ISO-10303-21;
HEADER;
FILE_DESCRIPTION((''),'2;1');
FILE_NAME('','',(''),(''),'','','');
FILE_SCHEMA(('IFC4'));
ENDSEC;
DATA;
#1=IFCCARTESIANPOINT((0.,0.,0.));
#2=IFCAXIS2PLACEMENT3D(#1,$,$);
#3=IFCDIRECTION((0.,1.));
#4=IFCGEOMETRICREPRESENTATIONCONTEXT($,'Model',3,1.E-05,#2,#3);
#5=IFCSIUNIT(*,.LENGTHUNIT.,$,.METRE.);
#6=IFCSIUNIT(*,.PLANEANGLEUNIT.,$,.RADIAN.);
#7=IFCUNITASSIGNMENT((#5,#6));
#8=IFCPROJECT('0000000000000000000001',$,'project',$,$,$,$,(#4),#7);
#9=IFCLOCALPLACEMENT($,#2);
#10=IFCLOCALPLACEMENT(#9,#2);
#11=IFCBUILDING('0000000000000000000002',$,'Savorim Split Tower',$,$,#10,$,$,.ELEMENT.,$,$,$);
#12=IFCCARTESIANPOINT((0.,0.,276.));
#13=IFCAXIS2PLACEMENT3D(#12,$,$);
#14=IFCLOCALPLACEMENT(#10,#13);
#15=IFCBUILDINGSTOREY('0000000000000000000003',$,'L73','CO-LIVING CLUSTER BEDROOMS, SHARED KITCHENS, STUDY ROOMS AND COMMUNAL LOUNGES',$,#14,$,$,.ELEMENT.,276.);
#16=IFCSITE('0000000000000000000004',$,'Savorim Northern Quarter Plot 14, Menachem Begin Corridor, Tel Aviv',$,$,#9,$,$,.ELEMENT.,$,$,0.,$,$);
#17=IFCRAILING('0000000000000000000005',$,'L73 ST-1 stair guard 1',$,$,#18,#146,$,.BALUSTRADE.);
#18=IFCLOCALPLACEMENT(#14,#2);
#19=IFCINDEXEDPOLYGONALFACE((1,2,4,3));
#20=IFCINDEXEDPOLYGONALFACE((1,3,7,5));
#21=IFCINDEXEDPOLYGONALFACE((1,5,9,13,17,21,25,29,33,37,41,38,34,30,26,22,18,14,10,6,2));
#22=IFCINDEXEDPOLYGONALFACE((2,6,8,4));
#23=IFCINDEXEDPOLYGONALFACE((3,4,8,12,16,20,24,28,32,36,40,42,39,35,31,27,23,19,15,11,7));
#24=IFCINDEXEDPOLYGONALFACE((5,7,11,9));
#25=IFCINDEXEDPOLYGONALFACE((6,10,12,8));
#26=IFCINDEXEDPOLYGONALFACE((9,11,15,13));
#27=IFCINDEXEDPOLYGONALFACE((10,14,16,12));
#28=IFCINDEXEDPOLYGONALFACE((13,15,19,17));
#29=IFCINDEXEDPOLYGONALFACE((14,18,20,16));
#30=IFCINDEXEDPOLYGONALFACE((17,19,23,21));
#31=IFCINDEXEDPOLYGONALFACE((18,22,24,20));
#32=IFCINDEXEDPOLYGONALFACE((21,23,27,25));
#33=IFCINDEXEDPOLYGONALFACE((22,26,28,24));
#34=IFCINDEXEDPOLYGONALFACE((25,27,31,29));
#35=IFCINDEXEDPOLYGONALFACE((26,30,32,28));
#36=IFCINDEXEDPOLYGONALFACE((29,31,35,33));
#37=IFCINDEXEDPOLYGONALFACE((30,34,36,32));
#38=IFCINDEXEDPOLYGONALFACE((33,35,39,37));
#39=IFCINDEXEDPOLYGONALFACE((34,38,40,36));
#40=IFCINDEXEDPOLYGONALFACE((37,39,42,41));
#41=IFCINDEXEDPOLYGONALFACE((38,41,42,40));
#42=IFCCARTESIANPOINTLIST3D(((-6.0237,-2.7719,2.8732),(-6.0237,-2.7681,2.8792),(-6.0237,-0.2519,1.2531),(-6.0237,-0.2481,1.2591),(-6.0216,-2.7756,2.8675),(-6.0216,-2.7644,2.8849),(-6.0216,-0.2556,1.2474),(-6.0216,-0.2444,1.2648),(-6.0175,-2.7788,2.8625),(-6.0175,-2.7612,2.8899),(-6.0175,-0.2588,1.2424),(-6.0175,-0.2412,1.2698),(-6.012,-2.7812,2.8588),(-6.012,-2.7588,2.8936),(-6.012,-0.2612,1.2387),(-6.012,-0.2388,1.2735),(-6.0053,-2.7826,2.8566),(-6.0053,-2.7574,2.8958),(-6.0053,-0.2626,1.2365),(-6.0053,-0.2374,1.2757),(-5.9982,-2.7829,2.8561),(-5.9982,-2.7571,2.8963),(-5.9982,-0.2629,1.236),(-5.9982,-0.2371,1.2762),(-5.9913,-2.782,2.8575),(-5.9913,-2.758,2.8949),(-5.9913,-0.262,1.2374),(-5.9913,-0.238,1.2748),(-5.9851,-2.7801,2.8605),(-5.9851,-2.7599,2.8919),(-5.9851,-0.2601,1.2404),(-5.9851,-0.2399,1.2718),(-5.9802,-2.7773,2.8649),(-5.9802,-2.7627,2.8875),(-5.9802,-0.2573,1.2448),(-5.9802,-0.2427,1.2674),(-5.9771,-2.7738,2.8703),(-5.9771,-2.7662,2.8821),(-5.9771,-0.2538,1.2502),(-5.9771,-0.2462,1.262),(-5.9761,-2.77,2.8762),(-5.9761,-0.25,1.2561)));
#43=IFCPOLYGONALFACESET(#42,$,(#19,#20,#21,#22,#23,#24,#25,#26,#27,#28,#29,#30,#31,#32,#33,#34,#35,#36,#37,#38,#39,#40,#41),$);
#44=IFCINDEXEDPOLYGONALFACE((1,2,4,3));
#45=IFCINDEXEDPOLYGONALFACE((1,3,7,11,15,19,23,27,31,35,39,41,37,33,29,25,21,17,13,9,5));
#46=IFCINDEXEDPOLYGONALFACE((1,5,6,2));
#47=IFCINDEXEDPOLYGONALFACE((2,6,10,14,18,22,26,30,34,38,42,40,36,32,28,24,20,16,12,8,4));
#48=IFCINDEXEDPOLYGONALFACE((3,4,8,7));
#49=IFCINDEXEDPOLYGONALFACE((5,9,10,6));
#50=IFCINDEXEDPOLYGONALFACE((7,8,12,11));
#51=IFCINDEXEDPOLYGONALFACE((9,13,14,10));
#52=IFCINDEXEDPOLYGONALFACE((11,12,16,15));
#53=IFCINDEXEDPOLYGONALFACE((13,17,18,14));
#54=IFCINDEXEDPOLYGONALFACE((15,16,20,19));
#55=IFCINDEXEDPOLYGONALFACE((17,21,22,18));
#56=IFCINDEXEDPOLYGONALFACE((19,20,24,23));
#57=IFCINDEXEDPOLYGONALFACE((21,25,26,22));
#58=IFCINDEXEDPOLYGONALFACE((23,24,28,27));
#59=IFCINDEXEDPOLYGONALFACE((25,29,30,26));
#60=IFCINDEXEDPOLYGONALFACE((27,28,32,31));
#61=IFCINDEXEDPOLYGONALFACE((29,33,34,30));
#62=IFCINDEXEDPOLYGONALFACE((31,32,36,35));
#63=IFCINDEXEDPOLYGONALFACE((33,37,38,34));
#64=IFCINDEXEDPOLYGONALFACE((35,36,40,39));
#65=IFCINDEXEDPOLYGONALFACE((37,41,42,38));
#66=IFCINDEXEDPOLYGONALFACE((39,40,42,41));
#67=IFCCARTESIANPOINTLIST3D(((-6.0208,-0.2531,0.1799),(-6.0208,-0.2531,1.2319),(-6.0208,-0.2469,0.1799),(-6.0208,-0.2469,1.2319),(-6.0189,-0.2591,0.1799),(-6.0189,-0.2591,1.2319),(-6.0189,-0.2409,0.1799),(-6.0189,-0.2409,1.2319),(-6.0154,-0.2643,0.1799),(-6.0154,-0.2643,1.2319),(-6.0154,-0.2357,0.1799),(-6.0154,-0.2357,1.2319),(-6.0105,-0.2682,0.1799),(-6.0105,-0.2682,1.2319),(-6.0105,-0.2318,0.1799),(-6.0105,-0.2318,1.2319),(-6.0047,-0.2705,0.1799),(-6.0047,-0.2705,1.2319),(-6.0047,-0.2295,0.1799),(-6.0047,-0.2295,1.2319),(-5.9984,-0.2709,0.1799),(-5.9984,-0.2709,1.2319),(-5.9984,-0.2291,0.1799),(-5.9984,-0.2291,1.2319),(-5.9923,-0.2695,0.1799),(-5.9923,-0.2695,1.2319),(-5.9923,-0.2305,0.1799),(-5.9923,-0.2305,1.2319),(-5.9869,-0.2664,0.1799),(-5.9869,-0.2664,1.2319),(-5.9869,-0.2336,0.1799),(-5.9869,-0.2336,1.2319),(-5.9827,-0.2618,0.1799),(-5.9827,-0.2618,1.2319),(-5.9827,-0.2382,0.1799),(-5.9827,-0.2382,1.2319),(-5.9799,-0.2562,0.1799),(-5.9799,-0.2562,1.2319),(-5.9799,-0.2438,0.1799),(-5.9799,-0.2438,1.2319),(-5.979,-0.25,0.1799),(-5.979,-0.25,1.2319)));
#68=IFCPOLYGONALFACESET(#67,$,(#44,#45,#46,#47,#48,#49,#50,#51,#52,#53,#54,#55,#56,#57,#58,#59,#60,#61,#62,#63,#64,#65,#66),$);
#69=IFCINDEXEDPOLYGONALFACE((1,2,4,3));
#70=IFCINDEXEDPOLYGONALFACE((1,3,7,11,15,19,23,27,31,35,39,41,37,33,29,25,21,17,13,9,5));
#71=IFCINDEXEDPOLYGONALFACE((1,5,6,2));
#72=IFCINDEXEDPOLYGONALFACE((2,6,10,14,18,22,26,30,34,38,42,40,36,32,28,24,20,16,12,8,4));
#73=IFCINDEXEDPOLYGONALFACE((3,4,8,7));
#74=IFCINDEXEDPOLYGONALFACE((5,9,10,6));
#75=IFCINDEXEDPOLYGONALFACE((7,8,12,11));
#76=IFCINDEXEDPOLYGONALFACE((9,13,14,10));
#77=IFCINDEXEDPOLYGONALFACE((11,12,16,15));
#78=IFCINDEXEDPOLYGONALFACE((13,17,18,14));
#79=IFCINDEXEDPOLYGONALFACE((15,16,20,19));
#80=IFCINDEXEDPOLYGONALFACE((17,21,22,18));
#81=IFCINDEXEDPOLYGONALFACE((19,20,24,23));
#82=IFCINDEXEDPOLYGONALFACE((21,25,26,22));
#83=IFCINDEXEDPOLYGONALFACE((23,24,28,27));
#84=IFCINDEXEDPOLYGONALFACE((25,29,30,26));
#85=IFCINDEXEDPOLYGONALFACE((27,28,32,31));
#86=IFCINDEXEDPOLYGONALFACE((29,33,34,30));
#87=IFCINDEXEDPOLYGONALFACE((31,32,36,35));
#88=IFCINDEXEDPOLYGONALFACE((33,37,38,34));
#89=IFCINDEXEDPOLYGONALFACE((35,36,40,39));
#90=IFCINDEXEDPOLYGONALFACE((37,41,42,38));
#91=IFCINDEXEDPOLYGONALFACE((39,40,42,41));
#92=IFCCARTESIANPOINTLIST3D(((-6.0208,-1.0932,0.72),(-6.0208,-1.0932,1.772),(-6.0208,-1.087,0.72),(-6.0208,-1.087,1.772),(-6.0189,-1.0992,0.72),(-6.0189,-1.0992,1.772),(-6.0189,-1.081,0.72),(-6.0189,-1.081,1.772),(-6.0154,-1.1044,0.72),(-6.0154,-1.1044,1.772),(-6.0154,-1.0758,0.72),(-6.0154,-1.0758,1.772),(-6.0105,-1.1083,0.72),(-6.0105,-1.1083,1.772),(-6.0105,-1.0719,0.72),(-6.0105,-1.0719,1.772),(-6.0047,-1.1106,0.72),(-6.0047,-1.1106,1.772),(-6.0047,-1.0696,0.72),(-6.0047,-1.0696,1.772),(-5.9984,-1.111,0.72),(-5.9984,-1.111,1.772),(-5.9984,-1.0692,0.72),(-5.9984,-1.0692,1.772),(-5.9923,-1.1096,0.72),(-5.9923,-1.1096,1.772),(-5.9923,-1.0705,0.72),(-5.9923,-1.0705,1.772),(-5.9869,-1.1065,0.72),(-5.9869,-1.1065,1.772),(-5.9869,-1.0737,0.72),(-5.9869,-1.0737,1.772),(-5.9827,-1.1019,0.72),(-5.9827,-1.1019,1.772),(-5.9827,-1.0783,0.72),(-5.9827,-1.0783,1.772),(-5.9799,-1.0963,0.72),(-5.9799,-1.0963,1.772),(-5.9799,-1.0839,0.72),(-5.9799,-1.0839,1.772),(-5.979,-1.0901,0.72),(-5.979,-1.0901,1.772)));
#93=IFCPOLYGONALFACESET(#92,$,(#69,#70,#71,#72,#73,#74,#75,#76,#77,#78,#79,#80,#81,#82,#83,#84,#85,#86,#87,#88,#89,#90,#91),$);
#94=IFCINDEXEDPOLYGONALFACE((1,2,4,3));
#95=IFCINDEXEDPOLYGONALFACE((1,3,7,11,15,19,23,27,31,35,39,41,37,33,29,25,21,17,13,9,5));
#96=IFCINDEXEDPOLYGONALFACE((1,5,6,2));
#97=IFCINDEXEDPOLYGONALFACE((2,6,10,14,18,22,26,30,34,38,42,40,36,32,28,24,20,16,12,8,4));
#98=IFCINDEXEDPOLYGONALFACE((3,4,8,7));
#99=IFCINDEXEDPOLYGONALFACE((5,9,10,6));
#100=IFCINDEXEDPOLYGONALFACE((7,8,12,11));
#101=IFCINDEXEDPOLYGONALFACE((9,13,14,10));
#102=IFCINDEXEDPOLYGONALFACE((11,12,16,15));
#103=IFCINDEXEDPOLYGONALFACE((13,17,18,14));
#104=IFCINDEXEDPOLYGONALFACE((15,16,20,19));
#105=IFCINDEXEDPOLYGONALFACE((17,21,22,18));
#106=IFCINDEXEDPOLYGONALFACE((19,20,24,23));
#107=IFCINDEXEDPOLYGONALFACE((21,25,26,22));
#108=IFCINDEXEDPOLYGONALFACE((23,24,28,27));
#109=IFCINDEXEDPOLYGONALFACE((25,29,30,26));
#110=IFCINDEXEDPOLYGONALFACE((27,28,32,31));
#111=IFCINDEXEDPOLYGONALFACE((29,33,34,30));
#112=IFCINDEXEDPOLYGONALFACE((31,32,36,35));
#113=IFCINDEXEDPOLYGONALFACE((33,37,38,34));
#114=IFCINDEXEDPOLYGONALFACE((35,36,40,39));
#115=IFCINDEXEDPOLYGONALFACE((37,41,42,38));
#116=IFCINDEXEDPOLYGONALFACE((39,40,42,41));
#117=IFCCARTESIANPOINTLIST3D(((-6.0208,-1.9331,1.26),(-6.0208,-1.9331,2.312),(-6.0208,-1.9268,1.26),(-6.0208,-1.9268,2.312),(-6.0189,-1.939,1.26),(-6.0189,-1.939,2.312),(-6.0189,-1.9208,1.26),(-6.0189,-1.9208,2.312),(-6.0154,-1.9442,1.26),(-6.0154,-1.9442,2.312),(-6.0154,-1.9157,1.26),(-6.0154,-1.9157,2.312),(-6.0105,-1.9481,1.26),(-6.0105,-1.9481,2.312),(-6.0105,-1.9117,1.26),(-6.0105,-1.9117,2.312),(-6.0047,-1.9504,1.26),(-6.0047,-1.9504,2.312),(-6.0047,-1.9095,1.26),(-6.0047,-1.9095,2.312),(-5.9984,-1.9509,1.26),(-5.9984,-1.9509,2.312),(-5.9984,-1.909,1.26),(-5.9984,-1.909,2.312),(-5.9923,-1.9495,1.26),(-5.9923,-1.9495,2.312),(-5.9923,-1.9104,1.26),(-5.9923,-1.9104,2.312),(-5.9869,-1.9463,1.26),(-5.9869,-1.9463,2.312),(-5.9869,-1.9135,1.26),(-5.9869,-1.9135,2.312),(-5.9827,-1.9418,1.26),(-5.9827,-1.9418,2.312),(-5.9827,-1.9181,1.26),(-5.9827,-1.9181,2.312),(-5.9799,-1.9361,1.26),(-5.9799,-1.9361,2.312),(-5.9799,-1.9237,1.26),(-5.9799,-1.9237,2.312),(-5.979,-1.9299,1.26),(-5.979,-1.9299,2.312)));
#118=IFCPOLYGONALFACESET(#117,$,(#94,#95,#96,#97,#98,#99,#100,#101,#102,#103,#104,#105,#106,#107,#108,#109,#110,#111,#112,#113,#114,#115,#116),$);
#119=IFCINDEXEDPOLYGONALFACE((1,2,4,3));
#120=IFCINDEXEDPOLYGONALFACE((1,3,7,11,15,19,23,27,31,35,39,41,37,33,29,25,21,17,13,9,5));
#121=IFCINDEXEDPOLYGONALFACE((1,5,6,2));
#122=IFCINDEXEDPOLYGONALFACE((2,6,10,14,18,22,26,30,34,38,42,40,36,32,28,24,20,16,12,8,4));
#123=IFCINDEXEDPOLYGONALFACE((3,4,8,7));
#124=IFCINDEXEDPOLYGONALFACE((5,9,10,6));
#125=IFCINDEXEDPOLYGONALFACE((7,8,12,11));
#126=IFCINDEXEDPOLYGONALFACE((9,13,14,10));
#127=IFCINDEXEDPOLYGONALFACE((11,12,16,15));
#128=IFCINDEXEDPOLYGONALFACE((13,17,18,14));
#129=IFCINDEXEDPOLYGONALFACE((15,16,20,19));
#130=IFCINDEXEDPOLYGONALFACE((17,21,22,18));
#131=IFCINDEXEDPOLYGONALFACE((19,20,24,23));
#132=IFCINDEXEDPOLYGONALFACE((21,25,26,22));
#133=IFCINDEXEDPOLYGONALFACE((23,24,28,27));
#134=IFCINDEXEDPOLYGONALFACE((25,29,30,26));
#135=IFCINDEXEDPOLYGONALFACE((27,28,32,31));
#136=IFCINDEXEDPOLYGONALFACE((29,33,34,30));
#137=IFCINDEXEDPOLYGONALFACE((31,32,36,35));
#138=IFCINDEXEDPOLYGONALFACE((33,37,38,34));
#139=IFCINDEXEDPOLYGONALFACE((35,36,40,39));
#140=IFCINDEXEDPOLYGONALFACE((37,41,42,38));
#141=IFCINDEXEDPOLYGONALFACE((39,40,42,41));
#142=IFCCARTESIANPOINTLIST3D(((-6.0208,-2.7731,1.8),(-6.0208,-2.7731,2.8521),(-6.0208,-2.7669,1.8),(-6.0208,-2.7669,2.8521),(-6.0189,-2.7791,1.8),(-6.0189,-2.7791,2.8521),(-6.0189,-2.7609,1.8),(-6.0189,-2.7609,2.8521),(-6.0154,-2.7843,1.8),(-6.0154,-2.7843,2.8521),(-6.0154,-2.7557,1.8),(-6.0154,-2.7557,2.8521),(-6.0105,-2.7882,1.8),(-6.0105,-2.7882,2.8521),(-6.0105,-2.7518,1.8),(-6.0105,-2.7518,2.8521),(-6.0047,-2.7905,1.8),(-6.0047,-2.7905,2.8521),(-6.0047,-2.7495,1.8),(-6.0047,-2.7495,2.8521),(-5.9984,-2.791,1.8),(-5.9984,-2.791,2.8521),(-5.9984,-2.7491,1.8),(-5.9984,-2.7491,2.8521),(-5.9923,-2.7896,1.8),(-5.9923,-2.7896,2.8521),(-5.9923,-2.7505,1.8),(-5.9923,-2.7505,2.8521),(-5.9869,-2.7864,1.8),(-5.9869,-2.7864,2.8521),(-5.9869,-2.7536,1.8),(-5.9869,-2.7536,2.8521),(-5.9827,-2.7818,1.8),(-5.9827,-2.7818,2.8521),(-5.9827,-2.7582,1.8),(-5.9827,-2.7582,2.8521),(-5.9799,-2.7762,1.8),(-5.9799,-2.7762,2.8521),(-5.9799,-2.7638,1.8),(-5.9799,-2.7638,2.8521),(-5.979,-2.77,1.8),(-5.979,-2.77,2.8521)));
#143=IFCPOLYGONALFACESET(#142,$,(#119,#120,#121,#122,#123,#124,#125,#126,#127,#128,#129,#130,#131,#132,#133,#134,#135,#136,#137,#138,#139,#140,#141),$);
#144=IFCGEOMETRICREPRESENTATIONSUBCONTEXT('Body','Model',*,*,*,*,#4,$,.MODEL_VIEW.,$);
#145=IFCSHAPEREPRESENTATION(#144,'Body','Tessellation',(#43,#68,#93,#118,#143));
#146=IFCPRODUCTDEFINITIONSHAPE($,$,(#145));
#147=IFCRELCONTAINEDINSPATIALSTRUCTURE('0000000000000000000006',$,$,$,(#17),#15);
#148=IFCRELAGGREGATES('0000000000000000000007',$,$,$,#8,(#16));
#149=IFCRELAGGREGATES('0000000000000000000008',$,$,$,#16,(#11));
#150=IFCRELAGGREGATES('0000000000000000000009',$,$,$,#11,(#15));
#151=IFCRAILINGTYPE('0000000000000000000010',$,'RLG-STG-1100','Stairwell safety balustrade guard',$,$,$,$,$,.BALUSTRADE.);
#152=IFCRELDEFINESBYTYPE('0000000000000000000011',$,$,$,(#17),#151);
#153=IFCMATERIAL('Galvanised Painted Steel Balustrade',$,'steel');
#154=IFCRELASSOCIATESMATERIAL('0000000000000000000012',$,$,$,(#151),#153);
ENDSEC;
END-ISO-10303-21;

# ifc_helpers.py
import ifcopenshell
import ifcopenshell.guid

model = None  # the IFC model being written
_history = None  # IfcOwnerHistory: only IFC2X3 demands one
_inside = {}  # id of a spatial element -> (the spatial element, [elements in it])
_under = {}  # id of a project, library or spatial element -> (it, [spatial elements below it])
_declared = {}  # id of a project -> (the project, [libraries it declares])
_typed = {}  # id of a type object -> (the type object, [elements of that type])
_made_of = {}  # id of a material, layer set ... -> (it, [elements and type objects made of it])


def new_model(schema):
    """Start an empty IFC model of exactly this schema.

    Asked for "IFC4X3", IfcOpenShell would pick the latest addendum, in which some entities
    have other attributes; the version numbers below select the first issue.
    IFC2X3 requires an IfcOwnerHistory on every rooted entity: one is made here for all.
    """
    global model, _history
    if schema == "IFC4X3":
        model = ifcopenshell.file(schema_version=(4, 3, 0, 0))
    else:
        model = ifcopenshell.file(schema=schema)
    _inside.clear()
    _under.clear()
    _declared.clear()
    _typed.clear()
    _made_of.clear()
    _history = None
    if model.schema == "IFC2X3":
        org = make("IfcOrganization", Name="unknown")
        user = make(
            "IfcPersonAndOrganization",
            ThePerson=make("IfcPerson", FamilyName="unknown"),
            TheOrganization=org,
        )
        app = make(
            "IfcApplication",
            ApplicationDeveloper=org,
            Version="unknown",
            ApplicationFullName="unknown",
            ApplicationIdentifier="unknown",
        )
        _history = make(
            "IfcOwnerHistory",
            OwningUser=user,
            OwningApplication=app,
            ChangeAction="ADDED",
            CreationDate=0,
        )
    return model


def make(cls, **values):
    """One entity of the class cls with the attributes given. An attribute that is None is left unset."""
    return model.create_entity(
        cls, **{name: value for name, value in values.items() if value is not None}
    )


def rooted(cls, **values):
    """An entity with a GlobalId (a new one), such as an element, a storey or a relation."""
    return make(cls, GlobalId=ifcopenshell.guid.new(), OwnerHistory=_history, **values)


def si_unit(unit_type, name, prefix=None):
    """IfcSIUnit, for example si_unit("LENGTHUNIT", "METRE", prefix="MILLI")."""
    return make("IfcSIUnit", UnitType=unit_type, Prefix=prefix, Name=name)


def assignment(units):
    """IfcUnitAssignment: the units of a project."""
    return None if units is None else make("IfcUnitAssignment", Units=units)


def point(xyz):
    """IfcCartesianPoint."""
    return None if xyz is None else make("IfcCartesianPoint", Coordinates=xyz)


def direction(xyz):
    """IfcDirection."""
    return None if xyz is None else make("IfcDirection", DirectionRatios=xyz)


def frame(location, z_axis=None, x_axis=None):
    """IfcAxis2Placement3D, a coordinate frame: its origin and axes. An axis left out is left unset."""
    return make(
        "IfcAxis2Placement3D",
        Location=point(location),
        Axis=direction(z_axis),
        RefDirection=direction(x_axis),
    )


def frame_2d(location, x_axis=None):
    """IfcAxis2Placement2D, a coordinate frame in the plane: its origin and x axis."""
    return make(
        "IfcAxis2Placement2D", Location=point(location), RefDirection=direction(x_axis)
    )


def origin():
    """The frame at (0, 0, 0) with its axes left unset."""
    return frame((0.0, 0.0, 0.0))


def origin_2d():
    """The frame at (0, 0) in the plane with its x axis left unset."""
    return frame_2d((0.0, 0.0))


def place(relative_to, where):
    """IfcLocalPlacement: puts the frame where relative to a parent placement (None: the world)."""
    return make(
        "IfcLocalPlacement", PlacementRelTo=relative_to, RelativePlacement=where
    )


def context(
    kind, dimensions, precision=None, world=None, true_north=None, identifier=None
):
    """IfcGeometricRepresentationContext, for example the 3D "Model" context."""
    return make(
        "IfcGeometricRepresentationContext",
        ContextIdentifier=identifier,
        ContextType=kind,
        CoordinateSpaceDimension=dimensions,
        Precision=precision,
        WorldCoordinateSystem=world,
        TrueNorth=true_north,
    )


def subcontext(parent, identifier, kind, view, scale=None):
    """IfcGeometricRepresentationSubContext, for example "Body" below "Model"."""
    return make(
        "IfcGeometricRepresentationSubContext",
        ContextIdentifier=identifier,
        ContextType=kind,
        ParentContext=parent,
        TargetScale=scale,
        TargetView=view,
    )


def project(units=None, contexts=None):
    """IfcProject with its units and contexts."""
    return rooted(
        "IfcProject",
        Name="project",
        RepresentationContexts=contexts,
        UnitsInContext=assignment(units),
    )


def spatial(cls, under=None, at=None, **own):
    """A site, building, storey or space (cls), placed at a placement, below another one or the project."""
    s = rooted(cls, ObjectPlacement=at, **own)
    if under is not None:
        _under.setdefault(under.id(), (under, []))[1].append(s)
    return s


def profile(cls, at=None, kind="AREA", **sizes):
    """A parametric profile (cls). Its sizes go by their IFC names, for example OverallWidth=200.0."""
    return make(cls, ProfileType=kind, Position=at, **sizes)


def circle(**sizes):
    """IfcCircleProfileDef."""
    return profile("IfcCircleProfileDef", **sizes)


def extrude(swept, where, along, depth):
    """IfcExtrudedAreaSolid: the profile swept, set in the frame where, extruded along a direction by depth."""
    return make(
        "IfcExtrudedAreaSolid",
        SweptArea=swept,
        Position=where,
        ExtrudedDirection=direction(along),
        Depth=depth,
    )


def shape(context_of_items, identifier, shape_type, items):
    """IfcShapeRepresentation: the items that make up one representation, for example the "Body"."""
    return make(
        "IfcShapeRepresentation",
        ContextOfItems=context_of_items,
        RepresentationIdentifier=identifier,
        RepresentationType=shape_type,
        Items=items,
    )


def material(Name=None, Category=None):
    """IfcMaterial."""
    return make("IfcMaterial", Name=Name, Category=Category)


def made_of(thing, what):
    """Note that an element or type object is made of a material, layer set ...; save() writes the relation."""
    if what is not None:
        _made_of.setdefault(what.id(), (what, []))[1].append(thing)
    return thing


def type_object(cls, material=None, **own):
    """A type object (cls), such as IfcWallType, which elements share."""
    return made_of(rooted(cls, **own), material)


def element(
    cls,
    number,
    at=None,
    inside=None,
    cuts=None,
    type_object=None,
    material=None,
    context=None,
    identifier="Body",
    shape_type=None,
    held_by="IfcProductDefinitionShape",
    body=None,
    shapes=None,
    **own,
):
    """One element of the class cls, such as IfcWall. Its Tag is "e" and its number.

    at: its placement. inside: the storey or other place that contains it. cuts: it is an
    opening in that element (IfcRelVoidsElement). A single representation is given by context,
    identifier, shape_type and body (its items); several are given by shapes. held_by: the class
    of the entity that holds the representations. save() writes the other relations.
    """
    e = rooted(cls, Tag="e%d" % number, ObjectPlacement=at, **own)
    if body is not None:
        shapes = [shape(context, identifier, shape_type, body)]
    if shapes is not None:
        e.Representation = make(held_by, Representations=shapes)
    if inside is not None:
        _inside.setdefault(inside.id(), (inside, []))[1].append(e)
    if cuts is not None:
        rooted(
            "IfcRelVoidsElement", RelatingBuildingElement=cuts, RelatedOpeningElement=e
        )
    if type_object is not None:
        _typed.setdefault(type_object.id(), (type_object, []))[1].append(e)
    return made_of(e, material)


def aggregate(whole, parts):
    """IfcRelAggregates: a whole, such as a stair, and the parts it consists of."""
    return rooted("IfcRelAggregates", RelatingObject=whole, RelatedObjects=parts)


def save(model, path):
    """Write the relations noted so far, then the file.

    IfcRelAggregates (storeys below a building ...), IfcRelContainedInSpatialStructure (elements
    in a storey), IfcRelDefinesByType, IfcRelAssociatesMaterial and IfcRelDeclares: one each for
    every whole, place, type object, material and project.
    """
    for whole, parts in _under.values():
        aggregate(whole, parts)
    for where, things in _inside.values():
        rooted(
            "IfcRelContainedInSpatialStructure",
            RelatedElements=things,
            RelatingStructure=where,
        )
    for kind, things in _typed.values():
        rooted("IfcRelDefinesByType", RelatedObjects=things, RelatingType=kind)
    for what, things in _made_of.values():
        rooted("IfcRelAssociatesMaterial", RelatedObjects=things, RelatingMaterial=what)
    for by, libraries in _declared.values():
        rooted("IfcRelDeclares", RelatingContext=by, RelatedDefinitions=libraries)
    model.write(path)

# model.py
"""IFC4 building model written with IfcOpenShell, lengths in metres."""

from ifc_helpers import new_model, si_unit, direction, frame, origin, origin_2d, place, context, subcontext, project, spatial, circle, extrude, material, type_object, element, save


model = new_model("IFC4")

# Units and contexts
model_context = context("Model", 3, precision=1e-05, world=origin(), true_north=direction((0.0, 1.0)))
body_context = subcontext(model_context, "Body", "Model", "MODEL_VIEW")
ifc_project = project(units=[si_unit("LENGTHUNIT", "METRE"), si_unit("PLANEANGLEUNIT", "RADIAN")], contexts=[model_context])

# Site, building, storey
site_placement = place(None, origin())
site = spatial("IfcSite", under=ifc_project, at=site_placement, Name="Savorim Northern Quarter Plot 14, Menachem Begin Corridor, Tel Aviv", CompositionType="ELEMENT", RefElevation=0.0)
building_placement = place(site_placement, origin())
building = spatial("IfcBuilding", under=site, at=building_placement, Name="Savorim Split Tower", CompositionType="ELEMENT")
storey_placement = place(building_placement, frame((0.0, 0.0, 276.0)))
storey = spatial("IfcBuildingStorey", under=building, at=storey_placement, Name="L73", Description="CO-LIVING CLUSTER BEDROOMS, SHARED KITCHENS, STUDY ROOMS AND COMMUNAL LOUNGES", CompositionType="ELEMENT", Elevation=276.0)

# Railing
ifc_material_1 = material(Name="Galvanised Painted Steel Balustrade", Category="steel")
railing_type_1 = type_object("IfcRailingType", Name="RLG-STG-1100", Description="Stairwell safety balustrade guard", PredefinedType="BALUSTRADE", material=ifc_material_1)
railing_1_placement = place(storey_placement, frame((-6.0, -0.25, 0.1799)))
element("IfcRailing", 1, at=railing_1_placement, inside=storey, type_object=railing_type_1, Name="L73 ST-1 stair guard 1", PredefinedType="BALUSTRADE", context=body_context, shape_type="SweptSolid", body=[
    extrude(circle(Radius=0.0239, at=origin_2d()), frame((0.0, 0.0, 1.0762), z_axis=(0.0, -0.841163, 0.540782), x_axis=(1.0, 0.0, 0.0)), (0.0, 0.0, 1.0), 2.9958),
    extrude(circle(Radius=0.021, at=origin_2d()), origin(), (0.0, 0.0, 1.0), 1.052),
    extrude(circle(Radius=0.021, at=origin_2d()), frame((0.0, -0.8401, 0.54)), (0.0, 0.0, 1.0), 1.052),
    extrude(circle(Radius=0.021, at=origin_2d()), frame((0.0, -1.6799, 1.0801)), (0.0, 0.0, 1.0), 1.052),
    extrude(circle(Radius=0.021, at=origin_2d()), frame((0.0, -2.52, 1.6201)), (0.0, 0.0, 1.0), 1.052),
])

save(model, "model.ifc")
